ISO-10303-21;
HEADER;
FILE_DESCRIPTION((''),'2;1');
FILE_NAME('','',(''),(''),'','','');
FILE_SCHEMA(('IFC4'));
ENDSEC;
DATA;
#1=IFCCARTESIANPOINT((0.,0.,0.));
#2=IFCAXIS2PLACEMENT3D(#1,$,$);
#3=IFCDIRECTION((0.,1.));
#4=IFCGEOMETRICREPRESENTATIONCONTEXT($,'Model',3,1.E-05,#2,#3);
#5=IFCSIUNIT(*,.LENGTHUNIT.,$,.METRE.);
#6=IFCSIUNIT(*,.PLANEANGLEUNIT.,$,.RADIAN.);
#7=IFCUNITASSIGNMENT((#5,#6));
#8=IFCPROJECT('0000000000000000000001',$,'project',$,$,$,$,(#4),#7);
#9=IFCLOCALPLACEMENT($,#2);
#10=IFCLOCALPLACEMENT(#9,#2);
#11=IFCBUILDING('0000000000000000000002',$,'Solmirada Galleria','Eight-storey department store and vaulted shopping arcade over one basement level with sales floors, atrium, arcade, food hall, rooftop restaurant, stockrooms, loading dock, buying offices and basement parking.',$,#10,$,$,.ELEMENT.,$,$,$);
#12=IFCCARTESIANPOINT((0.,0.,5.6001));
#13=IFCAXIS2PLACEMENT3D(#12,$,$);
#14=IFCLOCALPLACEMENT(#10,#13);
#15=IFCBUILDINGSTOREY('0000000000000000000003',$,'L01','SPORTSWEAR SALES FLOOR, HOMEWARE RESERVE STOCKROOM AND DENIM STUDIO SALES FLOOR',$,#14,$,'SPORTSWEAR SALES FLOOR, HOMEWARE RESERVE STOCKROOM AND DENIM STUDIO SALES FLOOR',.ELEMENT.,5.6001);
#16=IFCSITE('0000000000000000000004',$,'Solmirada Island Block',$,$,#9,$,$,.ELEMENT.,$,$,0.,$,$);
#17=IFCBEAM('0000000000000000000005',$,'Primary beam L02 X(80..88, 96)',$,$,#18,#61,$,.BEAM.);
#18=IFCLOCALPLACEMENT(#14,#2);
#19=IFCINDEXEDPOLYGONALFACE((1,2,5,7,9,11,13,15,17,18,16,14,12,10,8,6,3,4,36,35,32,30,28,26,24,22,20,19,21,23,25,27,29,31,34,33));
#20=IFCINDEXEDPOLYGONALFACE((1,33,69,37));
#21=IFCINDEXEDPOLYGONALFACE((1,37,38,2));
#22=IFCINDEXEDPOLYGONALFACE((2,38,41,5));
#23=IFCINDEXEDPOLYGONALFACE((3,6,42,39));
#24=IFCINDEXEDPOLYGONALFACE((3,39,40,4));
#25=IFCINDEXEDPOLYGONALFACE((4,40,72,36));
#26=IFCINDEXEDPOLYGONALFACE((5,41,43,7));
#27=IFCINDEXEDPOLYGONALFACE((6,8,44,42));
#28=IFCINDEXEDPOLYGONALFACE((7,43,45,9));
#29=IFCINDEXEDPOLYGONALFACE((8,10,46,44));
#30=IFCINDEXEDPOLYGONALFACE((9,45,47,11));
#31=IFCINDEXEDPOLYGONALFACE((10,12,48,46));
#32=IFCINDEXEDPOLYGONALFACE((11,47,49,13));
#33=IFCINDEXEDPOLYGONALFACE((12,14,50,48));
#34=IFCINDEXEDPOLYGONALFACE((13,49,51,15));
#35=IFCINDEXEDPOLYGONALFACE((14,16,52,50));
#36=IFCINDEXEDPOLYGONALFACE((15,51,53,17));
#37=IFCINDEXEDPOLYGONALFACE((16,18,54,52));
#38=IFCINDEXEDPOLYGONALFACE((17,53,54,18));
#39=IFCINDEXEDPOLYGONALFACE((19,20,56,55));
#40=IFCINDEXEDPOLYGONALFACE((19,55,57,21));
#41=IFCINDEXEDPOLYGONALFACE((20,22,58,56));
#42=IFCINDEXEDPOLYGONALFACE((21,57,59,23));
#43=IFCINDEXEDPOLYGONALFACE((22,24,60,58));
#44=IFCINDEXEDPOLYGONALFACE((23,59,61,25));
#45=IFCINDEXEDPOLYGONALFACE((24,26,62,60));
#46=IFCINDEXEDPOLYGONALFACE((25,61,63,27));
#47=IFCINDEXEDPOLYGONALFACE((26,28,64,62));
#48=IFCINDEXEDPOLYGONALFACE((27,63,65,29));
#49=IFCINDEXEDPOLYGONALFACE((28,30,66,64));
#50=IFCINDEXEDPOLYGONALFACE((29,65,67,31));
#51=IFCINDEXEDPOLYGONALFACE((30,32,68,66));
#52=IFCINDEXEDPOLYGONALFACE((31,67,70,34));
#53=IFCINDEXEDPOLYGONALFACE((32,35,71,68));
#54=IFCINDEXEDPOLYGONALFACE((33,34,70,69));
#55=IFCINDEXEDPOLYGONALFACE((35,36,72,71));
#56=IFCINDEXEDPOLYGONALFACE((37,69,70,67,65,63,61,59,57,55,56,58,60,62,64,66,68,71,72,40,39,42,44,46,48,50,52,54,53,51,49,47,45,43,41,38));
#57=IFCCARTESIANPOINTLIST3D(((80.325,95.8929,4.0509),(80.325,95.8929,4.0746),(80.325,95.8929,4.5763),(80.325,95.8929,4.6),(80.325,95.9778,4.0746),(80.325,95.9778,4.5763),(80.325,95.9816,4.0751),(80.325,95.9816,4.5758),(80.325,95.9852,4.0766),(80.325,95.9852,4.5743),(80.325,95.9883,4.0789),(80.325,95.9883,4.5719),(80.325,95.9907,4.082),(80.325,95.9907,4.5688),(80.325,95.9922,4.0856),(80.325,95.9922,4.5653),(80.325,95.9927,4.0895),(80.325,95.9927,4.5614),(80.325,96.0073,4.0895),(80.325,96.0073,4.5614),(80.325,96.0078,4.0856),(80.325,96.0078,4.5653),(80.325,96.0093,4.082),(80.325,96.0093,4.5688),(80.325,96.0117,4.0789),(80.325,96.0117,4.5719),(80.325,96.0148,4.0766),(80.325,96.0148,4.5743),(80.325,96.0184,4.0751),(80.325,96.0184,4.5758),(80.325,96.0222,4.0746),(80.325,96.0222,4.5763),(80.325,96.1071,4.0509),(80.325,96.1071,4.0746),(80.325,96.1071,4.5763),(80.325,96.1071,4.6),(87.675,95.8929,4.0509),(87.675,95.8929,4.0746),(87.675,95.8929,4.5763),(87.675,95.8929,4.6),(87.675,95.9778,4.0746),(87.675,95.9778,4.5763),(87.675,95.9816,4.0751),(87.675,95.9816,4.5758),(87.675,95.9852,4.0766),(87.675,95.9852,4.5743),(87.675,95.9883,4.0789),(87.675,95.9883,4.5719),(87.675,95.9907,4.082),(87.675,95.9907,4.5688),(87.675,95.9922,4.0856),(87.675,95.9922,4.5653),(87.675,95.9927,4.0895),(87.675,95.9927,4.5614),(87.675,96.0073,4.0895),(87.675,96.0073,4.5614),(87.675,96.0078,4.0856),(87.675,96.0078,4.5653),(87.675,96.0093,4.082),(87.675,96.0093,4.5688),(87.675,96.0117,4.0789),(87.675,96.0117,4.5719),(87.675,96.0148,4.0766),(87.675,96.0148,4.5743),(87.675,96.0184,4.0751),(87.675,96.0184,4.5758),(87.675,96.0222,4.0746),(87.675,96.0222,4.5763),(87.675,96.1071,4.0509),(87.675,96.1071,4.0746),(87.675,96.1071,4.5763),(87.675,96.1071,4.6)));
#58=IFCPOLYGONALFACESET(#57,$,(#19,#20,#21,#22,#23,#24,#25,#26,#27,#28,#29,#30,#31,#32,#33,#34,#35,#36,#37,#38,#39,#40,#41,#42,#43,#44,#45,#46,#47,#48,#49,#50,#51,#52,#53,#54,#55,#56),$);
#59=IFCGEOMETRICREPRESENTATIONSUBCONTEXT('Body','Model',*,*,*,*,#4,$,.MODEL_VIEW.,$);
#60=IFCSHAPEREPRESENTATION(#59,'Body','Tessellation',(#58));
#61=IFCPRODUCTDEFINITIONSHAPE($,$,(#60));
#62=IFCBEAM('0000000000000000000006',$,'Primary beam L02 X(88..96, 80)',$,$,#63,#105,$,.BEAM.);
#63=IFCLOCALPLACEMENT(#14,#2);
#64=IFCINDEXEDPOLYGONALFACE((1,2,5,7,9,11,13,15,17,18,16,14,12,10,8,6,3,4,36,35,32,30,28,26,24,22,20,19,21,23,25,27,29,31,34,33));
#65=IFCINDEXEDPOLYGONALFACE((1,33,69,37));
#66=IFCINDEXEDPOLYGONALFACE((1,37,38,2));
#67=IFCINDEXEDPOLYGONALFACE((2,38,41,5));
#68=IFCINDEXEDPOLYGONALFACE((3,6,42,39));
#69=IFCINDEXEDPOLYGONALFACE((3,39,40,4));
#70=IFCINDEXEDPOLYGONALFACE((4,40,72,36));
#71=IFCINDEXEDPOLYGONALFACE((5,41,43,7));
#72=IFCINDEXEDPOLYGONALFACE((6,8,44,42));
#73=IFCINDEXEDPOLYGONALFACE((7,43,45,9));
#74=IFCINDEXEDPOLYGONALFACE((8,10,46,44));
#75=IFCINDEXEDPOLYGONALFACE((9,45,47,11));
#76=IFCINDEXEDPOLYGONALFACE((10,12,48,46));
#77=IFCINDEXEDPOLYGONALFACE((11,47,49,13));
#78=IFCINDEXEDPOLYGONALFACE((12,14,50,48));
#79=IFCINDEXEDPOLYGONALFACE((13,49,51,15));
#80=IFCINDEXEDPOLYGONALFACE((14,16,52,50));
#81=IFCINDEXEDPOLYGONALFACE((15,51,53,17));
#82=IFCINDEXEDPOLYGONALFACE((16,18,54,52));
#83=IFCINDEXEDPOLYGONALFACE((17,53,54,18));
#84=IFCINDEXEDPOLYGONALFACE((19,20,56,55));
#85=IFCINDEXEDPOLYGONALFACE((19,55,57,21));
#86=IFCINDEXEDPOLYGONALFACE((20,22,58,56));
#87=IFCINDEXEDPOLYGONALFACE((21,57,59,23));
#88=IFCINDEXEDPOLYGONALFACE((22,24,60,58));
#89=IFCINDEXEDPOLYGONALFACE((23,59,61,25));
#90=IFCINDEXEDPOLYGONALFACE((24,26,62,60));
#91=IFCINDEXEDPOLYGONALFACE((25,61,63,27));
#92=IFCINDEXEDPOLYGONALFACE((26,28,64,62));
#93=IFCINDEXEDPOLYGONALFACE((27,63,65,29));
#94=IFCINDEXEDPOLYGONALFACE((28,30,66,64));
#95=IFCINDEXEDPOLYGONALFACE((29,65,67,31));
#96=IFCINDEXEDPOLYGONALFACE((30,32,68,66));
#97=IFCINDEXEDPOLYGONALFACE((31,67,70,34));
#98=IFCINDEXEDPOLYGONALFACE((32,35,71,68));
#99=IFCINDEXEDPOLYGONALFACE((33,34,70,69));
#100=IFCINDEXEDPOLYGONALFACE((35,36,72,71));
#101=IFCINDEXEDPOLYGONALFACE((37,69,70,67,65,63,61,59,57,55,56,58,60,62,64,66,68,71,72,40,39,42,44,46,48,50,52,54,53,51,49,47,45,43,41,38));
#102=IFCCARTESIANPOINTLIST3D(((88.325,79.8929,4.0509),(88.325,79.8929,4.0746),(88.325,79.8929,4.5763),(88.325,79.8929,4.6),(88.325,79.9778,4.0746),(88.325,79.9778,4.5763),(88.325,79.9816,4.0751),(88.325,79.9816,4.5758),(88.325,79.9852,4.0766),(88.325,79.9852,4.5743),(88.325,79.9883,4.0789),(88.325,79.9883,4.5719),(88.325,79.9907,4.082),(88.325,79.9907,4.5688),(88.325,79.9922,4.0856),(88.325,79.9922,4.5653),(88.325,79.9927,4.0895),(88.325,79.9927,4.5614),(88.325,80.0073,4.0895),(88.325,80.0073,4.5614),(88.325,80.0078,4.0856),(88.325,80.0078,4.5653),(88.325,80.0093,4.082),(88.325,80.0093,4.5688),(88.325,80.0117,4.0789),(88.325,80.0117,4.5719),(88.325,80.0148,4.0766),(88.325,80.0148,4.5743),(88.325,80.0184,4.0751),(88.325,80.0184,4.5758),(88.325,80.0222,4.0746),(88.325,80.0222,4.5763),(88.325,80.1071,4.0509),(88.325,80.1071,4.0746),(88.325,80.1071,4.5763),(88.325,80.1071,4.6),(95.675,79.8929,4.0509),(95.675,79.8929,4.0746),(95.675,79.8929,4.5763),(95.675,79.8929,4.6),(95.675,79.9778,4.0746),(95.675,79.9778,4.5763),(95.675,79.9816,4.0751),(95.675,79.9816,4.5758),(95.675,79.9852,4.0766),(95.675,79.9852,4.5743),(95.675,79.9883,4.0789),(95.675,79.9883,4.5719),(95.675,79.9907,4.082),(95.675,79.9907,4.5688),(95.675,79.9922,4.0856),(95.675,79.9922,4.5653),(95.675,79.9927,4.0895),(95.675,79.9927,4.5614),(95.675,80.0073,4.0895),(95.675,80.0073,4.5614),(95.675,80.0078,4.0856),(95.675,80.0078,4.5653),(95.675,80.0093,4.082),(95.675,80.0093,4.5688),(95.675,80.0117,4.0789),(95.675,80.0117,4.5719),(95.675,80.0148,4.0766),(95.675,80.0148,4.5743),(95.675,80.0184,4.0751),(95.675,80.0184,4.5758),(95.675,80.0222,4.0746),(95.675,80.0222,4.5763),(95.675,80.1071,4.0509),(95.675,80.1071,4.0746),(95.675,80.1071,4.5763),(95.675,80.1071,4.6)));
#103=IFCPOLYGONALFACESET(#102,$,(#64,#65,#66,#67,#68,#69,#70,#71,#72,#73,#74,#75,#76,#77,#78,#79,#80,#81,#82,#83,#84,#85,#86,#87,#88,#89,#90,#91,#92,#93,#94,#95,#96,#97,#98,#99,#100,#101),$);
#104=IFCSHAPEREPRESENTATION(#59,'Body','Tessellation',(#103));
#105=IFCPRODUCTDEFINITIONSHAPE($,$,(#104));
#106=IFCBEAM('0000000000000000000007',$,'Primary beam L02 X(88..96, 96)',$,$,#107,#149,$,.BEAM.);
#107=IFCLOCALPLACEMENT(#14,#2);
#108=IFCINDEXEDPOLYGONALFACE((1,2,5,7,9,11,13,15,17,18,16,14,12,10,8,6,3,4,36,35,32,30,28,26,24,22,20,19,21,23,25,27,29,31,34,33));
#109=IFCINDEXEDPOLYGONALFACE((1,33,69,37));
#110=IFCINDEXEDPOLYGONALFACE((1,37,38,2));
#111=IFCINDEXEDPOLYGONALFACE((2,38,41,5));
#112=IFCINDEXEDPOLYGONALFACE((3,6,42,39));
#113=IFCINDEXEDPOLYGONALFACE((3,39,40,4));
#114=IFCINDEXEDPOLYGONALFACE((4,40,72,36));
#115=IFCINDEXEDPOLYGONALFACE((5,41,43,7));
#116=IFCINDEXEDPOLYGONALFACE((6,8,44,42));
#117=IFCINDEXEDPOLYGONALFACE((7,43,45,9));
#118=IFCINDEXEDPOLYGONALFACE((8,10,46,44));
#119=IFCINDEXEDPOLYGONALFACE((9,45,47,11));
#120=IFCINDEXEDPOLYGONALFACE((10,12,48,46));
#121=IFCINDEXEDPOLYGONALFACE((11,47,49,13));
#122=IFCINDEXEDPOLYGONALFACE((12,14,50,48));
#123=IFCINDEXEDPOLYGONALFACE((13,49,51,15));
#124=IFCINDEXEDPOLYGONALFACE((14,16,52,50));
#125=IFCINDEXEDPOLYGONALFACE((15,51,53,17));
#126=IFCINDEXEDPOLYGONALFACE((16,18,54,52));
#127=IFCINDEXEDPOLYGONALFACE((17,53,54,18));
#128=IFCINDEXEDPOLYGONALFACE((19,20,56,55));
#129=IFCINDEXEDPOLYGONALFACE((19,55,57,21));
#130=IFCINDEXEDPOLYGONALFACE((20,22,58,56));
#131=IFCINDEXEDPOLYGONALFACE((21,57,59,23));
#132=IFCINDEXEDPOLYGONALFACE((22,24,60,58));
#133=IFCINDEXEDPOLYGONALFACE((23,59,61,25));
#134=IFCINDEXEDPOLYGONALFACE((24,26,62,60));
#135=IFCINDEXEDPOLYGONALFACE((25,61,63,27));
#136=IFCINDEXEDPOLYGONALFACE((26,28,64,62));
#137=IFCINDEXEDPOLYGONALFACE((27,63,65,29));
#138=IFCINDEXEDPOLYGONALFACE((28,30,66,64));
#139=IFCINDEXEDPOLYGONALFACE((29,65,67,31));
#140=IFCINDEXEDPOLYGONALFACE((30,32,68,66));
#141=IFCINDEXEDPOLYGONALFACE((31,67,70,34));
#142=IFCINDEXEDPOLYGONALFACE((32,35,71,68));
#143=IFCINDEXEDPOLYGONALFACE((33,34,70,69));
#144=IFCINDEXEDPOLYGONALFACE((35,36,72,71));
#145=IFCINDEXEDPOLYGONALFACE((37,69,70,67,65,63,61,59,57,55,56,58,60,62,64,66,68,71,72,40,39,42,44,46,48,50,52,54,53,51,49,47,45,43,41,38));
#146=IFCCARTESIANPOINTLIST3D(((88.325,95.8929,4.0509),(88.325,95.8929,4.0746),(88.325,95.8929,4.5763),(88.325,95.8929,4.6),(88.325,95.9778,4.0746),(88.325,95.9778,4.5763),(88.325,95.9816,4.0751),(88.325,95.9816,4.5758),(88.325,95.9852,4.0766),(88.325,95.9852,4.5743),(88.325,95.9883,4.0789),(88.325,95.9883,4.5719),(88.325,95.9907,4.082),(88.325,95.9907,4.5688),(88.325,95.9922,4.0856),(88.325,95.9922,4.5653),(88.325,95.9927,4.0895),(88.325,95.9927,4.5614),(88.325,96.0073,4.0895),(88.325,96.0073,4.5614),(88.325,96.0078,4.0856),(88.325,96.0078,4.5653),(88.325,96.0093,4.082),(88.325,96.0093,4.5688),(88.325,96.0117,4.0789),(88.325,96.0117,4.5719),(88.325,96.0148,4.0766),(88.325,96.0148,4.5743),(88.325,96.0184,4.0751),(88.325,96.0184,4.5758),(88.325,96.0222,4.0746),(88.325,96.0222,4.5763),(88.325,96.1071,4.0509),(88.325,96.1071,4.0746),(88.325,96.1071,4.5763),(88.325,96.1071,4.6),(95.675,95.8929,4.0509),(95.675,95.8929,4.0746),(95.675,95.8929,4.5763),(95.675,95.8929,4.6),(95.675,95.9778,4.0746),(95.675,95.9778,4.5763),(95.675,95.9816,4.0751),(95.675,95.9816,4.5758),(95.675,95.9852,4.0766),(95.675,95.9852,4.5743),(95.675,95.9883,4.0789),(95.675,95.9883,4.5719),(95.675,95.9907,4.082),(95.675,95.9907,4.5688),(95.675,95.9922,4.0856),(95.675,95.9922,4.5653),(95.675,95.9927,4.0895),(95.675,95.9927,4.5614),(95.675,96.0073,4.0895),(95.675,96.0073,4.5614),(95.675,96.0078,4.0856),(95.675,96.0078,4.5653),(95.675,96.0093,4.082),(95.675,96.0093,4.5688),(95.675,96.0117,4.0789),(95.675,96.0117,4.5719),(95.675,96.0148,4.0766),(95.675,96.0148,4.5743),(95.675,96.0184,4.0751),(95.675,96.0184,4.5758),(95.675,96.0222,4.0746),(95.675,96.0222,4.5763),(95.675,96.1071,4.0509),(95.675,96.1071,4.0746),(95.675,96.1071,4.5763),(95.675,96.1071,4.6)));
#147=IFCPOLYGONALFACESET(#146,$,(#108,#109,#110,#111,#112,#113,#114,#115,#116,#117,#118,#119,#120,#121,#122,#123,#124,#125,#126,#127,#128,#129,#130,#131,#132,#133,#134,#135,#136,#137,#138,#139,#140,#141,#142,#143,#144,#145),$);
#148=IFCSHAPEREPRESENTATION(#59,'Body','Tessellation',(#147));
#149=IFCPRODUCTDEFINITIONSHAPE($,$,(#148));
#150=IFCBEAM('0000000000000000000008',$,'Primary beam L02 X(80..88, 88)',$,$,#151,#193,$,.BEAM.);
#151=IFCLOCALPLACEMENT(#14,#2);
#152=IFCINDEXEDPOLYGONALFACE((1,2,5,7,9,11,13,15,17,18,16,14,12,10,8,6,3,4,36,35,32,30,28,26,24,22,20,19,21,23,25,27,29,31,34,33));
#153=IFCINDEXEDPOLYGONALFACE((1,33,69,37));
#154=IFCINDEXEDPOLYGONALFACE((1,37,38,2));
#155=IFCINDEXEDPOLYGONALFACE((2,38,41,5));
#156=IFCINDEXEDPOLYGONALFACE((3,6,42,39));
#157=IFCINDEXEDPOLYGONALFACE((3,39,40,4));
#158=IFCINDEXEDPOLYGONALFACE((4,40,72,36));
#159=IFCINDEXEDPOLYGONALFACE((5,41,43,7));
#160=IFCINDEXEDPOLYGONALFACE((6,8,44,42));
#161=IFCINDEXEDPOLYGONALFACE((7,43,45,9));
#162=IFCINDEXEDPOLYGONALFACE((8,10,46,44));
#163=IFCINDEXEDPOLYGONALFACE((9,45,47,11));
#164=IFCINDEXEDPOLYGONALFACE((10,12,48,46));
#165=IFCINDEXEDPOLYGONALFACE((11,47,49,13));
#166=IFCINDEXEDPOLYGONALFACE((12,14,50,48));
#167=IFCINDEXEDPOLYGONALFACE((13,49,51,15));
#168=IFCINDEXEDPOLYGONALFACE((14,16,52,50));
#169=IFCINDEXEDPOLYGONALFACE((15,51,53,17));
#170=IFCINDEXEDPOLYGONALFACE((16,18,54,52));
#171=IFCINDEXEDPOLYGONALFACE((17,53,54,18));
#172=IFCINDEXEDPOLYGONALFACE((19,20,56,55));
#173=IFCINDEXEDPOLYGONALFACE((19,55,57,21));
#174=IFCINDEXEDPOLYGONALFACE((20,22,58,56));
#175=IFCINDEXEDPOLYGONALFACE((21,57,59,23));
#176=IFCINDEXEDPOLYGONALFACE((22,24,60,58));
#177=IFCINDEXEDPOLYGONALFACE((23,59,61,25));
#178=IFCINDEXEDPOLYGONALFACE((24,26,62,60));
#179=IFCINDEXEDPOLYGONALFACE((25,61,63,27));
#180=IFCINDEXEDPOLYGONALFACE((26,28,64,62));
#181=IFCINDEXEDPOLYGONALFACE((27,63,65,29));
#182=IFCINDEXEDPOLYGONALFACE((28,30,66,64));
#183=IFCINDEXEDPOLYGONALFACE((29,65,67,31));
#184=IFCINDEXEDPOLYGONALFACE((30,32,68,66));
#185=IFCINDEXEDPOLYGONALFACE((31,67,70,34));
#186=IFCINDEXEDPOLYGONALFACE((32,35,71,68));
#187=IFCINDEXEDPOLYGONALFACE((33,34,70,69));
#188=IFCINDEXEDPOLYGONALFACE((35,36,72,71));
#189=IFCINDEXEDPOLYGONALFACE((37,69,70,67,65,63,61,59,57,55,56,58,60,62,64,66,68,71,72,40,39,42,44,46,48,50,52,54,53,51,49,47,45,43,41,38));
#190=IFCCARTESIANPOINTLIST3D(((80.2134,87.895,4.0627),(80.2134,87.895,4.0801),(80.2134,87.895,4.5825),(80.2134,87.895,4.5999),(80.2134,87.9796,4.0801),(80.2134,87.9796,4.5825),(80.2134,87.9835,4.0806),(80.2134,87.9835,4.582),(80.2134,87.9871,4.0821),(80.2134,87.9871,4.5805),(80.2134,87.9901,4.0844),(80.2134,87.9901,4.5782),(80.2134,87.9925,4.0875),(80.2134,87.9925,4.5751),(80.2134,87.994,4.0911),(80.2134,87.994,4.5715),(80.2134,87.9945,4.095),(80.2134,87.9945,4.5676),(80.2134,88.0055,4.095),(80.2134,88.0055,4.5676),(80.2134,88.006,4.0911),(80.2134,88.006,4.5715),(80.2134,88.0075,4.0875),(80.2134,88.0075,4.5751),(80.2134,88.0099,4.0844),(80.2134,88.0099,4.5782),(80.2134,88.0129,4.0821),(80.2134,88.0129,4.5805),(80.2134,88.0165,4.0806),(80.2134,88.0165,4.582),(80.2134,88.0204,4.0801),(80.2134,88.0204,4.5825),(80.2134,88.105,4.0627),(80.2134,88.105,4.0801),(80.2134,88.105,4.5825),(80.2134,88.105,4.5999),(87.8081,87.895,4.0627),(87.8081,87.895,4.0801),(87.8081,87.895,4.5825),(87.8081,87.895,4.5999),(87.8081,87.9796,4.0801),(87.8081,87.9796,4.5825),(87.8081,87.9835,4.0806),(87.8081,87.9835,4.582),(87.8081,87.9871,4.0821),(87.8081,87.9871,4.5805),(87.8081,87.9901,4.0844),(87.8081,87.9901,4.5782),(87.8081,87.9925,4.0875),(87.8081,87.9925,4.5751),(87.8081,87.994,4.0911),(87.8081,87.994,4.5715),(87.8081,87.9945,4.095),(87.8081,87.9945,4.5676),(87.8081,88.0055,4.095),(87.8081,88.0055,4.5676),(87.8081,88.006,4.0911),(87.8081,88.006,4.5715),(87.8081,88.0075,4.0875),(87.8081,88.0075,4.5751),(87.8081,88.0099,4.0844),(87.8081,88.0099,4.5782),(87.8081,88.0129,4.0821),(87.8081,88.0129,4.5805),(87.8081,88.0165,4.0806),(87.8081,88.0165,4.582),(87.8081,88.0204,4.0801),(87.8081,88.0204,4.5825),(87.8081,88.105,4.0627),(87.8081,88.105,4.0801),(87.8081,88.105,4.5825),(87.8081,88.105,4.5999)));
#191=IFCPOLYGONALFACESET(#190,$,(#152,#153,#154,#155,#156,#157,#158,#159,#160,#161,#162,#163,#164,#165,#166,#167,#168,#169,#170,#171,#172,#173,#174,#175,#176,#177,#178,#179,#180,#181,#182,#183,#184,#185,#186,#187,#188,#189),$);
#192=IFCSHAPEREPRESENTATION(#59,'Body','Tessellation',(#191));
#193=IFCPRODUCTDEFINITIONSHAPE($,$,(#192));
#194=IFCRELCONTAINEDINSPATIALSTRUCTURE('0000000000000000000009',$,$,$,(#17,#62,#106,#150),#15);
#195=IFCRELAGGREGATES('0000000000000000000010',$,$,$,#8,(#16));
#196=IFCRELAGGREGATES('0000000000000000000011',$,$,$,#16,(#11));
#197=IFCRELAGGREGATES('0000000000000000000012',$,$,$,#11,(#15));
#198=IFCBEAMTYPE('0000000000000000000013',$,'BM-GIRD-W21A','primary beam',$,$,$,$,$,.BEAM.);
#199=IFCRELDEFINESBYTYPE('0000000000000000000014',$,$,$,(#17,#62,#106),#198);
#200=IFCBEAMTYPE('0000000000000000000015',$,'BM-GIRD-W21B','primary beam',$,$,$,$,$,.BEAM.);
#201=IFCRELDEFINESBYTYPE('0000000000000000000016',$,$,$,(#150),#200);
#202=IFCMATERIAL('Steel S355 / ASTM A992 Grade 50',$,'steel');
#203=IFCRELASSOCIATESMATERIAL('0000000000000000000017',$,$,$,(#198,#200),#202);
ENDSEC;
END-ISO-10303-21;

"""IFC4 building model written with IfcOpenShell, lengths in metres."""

from ifc_helpers import new_model, si_unit, direction, frame, origin, origin_2d, place, context, subcontext, project, spatial, i_section, extrude, material, material_profile, profile_set, type_object, element, save


model = new_model("IFC4")

# Units and contexts
model_context = context("Model", 3, precision=1e-05, world=origin(), true_north=direction((0.0, 1.0)))
body_context = subcontext(model_context, "Body", "Model", "MODEL_VIEW")
ifc_project = project(units=[si_unit("LENGTHUNIT", "METRE"), si_unit("PLANEANGLEUNIT", "RADIAN")], contexts=[model_context])

# Site, building, storey
site_placement = place(None, origin())
site = spatial("IfcSite", under=ifc_project, at=site_placement, Name="Solmirada Island Block", CompositionType="ELEMENT", RefElevation=0.0)
building_placement = place(site_placement, origin())
building = spatial("IfcBuilding", under=site, at=building_placement, Name="Solmirada Galleria", Description="Eight-storey department store and vaulted shopping arcade over one basement level with sales floors, atrium, arcade, food hall, rooftop restaurant, stockrooms, loading dock, buying offices and basement parking.", CompositionType="ELEMENT")
storey_placement = place(building_placement, frame((0.0, 0.0, 5.6001)))
storey = spatial("IfcBuildingStorey", under=building, at=storey_placement, Name="L01", Description="SPORTSWEAR SALES FLOOR, HOMEWARE RESERVE STOCKROOM AND DENIM STUDIO SALES FLOOR", LongName="SPORTSWEAR SALES FLOOR, HOMEWARE RESERVE STOCKROOM AND DENIM STUDIO SALES FLOOR", CompositionType="ELEMENT", Elevation=5.6001)

# Beams
ifc_material_1 = material(Name="Steel S355 / ASTM A992 Grade 50", Category="steel")
ifc_material_profile_1 = material_profile(ifc_material_1, i_section(OverallWidth=0.2141, OverallDepth=0.5491, WebThickness=0.0146, FlangeThickness=0.0237, FilletRadius=0.0149, at=origin_2d()), Name="W21X93")
ifc_profile_set_1 = profile_set([ifc_material_profile_1], Name="Steel S355 / ASTM A992 Grade 50")
beam_type_1 = type_object("IfcBeamType", Name="BM-GIRD-W21A", Description="primary beam", PredefinedType="BEAM", material=ifc_profile_set_1)
for number, where, z_axis, x_axis, name in (
    (1, (80.325, 96.0, 4.3254), (1.0, 0.0, 0.0), (0.0, 1.0, 0.0), "Primary beam L02 X(80..88, 96)"),
    (2, (88.325, 80.0, 4.3254), (1.0, 0.0, 0.0), (0.0, 1.0, 0.0), "Primary beam L02 X(88..96, 80)"),
    (3, (88.325, 96.0, 4.3254), (1.0, 0.0, 0.0), (0.0, 1.0, 0.0), "Primary beam L02 X(88..96, 96)"),
):
    element("IfcBeam", number, at=place(storey_placement, frame(where, z_axis=z_axis, x_axis=x_axis)), inside=storey, type_object=beam_type_1, Name=name, PredefinedType="BEAM", context=body_context, shape_type="SweptSolid", body=[
        extrude(i_section(OverallWidth=0.2141, OverallDepth=0.5491, WebThickness=0.0146, FlangeThickness=0.0237, FilletRadius=0.0149, at=origin_2d()), origin(), (0.0, 0.0, 1.0), 7.3501),
    ])
ifc_material_profile_2 = material_profile(ifc_material_1, i_section(OverallWidth=0.21, OverallDepth=0.5371, WebThickness=0.011, FlangeThickness=0.0173, FilletRadius=0.0149, at=origin_2d()), Name="W21X68")
ifc_profile_set_2 = profile_set([ifc_material_profile_2], Name="Steel S355 / ASTM A992 Grade 50")
beam_type_2 = type_object("IfcBeamType", Name="BM-GIRD-W21B", Description="primary beam", PredefinedType="BEAM", material=ifc_profile_set_2)
beam_1_placement = place(storey_placement, frame((80.2134, 88.0, 4.3313), z_axis=(1.0, 0.0, 0.0), x_axis=(0.0, 1.0, 0.0)))
element("IfcBeam", 4, at=beam_1_placement, inside=storey, type_object=beam_type_2, Name="Primary beam L02 X(80..88, 88)", PredefinedType="BEAM", context=body_context, shape_type="SweptSolid", body=[
    extrude(i_section(OverallWidth=0.21, OverallDepth=0.5371, WebThickness=0.011, FlangeThickness=0.0173, FilletRadius=0.0149, at=origin_2d()), origin(), (0.0, 0.0, 1.0), 7.5947),
])

save(model, "model.ifc")
